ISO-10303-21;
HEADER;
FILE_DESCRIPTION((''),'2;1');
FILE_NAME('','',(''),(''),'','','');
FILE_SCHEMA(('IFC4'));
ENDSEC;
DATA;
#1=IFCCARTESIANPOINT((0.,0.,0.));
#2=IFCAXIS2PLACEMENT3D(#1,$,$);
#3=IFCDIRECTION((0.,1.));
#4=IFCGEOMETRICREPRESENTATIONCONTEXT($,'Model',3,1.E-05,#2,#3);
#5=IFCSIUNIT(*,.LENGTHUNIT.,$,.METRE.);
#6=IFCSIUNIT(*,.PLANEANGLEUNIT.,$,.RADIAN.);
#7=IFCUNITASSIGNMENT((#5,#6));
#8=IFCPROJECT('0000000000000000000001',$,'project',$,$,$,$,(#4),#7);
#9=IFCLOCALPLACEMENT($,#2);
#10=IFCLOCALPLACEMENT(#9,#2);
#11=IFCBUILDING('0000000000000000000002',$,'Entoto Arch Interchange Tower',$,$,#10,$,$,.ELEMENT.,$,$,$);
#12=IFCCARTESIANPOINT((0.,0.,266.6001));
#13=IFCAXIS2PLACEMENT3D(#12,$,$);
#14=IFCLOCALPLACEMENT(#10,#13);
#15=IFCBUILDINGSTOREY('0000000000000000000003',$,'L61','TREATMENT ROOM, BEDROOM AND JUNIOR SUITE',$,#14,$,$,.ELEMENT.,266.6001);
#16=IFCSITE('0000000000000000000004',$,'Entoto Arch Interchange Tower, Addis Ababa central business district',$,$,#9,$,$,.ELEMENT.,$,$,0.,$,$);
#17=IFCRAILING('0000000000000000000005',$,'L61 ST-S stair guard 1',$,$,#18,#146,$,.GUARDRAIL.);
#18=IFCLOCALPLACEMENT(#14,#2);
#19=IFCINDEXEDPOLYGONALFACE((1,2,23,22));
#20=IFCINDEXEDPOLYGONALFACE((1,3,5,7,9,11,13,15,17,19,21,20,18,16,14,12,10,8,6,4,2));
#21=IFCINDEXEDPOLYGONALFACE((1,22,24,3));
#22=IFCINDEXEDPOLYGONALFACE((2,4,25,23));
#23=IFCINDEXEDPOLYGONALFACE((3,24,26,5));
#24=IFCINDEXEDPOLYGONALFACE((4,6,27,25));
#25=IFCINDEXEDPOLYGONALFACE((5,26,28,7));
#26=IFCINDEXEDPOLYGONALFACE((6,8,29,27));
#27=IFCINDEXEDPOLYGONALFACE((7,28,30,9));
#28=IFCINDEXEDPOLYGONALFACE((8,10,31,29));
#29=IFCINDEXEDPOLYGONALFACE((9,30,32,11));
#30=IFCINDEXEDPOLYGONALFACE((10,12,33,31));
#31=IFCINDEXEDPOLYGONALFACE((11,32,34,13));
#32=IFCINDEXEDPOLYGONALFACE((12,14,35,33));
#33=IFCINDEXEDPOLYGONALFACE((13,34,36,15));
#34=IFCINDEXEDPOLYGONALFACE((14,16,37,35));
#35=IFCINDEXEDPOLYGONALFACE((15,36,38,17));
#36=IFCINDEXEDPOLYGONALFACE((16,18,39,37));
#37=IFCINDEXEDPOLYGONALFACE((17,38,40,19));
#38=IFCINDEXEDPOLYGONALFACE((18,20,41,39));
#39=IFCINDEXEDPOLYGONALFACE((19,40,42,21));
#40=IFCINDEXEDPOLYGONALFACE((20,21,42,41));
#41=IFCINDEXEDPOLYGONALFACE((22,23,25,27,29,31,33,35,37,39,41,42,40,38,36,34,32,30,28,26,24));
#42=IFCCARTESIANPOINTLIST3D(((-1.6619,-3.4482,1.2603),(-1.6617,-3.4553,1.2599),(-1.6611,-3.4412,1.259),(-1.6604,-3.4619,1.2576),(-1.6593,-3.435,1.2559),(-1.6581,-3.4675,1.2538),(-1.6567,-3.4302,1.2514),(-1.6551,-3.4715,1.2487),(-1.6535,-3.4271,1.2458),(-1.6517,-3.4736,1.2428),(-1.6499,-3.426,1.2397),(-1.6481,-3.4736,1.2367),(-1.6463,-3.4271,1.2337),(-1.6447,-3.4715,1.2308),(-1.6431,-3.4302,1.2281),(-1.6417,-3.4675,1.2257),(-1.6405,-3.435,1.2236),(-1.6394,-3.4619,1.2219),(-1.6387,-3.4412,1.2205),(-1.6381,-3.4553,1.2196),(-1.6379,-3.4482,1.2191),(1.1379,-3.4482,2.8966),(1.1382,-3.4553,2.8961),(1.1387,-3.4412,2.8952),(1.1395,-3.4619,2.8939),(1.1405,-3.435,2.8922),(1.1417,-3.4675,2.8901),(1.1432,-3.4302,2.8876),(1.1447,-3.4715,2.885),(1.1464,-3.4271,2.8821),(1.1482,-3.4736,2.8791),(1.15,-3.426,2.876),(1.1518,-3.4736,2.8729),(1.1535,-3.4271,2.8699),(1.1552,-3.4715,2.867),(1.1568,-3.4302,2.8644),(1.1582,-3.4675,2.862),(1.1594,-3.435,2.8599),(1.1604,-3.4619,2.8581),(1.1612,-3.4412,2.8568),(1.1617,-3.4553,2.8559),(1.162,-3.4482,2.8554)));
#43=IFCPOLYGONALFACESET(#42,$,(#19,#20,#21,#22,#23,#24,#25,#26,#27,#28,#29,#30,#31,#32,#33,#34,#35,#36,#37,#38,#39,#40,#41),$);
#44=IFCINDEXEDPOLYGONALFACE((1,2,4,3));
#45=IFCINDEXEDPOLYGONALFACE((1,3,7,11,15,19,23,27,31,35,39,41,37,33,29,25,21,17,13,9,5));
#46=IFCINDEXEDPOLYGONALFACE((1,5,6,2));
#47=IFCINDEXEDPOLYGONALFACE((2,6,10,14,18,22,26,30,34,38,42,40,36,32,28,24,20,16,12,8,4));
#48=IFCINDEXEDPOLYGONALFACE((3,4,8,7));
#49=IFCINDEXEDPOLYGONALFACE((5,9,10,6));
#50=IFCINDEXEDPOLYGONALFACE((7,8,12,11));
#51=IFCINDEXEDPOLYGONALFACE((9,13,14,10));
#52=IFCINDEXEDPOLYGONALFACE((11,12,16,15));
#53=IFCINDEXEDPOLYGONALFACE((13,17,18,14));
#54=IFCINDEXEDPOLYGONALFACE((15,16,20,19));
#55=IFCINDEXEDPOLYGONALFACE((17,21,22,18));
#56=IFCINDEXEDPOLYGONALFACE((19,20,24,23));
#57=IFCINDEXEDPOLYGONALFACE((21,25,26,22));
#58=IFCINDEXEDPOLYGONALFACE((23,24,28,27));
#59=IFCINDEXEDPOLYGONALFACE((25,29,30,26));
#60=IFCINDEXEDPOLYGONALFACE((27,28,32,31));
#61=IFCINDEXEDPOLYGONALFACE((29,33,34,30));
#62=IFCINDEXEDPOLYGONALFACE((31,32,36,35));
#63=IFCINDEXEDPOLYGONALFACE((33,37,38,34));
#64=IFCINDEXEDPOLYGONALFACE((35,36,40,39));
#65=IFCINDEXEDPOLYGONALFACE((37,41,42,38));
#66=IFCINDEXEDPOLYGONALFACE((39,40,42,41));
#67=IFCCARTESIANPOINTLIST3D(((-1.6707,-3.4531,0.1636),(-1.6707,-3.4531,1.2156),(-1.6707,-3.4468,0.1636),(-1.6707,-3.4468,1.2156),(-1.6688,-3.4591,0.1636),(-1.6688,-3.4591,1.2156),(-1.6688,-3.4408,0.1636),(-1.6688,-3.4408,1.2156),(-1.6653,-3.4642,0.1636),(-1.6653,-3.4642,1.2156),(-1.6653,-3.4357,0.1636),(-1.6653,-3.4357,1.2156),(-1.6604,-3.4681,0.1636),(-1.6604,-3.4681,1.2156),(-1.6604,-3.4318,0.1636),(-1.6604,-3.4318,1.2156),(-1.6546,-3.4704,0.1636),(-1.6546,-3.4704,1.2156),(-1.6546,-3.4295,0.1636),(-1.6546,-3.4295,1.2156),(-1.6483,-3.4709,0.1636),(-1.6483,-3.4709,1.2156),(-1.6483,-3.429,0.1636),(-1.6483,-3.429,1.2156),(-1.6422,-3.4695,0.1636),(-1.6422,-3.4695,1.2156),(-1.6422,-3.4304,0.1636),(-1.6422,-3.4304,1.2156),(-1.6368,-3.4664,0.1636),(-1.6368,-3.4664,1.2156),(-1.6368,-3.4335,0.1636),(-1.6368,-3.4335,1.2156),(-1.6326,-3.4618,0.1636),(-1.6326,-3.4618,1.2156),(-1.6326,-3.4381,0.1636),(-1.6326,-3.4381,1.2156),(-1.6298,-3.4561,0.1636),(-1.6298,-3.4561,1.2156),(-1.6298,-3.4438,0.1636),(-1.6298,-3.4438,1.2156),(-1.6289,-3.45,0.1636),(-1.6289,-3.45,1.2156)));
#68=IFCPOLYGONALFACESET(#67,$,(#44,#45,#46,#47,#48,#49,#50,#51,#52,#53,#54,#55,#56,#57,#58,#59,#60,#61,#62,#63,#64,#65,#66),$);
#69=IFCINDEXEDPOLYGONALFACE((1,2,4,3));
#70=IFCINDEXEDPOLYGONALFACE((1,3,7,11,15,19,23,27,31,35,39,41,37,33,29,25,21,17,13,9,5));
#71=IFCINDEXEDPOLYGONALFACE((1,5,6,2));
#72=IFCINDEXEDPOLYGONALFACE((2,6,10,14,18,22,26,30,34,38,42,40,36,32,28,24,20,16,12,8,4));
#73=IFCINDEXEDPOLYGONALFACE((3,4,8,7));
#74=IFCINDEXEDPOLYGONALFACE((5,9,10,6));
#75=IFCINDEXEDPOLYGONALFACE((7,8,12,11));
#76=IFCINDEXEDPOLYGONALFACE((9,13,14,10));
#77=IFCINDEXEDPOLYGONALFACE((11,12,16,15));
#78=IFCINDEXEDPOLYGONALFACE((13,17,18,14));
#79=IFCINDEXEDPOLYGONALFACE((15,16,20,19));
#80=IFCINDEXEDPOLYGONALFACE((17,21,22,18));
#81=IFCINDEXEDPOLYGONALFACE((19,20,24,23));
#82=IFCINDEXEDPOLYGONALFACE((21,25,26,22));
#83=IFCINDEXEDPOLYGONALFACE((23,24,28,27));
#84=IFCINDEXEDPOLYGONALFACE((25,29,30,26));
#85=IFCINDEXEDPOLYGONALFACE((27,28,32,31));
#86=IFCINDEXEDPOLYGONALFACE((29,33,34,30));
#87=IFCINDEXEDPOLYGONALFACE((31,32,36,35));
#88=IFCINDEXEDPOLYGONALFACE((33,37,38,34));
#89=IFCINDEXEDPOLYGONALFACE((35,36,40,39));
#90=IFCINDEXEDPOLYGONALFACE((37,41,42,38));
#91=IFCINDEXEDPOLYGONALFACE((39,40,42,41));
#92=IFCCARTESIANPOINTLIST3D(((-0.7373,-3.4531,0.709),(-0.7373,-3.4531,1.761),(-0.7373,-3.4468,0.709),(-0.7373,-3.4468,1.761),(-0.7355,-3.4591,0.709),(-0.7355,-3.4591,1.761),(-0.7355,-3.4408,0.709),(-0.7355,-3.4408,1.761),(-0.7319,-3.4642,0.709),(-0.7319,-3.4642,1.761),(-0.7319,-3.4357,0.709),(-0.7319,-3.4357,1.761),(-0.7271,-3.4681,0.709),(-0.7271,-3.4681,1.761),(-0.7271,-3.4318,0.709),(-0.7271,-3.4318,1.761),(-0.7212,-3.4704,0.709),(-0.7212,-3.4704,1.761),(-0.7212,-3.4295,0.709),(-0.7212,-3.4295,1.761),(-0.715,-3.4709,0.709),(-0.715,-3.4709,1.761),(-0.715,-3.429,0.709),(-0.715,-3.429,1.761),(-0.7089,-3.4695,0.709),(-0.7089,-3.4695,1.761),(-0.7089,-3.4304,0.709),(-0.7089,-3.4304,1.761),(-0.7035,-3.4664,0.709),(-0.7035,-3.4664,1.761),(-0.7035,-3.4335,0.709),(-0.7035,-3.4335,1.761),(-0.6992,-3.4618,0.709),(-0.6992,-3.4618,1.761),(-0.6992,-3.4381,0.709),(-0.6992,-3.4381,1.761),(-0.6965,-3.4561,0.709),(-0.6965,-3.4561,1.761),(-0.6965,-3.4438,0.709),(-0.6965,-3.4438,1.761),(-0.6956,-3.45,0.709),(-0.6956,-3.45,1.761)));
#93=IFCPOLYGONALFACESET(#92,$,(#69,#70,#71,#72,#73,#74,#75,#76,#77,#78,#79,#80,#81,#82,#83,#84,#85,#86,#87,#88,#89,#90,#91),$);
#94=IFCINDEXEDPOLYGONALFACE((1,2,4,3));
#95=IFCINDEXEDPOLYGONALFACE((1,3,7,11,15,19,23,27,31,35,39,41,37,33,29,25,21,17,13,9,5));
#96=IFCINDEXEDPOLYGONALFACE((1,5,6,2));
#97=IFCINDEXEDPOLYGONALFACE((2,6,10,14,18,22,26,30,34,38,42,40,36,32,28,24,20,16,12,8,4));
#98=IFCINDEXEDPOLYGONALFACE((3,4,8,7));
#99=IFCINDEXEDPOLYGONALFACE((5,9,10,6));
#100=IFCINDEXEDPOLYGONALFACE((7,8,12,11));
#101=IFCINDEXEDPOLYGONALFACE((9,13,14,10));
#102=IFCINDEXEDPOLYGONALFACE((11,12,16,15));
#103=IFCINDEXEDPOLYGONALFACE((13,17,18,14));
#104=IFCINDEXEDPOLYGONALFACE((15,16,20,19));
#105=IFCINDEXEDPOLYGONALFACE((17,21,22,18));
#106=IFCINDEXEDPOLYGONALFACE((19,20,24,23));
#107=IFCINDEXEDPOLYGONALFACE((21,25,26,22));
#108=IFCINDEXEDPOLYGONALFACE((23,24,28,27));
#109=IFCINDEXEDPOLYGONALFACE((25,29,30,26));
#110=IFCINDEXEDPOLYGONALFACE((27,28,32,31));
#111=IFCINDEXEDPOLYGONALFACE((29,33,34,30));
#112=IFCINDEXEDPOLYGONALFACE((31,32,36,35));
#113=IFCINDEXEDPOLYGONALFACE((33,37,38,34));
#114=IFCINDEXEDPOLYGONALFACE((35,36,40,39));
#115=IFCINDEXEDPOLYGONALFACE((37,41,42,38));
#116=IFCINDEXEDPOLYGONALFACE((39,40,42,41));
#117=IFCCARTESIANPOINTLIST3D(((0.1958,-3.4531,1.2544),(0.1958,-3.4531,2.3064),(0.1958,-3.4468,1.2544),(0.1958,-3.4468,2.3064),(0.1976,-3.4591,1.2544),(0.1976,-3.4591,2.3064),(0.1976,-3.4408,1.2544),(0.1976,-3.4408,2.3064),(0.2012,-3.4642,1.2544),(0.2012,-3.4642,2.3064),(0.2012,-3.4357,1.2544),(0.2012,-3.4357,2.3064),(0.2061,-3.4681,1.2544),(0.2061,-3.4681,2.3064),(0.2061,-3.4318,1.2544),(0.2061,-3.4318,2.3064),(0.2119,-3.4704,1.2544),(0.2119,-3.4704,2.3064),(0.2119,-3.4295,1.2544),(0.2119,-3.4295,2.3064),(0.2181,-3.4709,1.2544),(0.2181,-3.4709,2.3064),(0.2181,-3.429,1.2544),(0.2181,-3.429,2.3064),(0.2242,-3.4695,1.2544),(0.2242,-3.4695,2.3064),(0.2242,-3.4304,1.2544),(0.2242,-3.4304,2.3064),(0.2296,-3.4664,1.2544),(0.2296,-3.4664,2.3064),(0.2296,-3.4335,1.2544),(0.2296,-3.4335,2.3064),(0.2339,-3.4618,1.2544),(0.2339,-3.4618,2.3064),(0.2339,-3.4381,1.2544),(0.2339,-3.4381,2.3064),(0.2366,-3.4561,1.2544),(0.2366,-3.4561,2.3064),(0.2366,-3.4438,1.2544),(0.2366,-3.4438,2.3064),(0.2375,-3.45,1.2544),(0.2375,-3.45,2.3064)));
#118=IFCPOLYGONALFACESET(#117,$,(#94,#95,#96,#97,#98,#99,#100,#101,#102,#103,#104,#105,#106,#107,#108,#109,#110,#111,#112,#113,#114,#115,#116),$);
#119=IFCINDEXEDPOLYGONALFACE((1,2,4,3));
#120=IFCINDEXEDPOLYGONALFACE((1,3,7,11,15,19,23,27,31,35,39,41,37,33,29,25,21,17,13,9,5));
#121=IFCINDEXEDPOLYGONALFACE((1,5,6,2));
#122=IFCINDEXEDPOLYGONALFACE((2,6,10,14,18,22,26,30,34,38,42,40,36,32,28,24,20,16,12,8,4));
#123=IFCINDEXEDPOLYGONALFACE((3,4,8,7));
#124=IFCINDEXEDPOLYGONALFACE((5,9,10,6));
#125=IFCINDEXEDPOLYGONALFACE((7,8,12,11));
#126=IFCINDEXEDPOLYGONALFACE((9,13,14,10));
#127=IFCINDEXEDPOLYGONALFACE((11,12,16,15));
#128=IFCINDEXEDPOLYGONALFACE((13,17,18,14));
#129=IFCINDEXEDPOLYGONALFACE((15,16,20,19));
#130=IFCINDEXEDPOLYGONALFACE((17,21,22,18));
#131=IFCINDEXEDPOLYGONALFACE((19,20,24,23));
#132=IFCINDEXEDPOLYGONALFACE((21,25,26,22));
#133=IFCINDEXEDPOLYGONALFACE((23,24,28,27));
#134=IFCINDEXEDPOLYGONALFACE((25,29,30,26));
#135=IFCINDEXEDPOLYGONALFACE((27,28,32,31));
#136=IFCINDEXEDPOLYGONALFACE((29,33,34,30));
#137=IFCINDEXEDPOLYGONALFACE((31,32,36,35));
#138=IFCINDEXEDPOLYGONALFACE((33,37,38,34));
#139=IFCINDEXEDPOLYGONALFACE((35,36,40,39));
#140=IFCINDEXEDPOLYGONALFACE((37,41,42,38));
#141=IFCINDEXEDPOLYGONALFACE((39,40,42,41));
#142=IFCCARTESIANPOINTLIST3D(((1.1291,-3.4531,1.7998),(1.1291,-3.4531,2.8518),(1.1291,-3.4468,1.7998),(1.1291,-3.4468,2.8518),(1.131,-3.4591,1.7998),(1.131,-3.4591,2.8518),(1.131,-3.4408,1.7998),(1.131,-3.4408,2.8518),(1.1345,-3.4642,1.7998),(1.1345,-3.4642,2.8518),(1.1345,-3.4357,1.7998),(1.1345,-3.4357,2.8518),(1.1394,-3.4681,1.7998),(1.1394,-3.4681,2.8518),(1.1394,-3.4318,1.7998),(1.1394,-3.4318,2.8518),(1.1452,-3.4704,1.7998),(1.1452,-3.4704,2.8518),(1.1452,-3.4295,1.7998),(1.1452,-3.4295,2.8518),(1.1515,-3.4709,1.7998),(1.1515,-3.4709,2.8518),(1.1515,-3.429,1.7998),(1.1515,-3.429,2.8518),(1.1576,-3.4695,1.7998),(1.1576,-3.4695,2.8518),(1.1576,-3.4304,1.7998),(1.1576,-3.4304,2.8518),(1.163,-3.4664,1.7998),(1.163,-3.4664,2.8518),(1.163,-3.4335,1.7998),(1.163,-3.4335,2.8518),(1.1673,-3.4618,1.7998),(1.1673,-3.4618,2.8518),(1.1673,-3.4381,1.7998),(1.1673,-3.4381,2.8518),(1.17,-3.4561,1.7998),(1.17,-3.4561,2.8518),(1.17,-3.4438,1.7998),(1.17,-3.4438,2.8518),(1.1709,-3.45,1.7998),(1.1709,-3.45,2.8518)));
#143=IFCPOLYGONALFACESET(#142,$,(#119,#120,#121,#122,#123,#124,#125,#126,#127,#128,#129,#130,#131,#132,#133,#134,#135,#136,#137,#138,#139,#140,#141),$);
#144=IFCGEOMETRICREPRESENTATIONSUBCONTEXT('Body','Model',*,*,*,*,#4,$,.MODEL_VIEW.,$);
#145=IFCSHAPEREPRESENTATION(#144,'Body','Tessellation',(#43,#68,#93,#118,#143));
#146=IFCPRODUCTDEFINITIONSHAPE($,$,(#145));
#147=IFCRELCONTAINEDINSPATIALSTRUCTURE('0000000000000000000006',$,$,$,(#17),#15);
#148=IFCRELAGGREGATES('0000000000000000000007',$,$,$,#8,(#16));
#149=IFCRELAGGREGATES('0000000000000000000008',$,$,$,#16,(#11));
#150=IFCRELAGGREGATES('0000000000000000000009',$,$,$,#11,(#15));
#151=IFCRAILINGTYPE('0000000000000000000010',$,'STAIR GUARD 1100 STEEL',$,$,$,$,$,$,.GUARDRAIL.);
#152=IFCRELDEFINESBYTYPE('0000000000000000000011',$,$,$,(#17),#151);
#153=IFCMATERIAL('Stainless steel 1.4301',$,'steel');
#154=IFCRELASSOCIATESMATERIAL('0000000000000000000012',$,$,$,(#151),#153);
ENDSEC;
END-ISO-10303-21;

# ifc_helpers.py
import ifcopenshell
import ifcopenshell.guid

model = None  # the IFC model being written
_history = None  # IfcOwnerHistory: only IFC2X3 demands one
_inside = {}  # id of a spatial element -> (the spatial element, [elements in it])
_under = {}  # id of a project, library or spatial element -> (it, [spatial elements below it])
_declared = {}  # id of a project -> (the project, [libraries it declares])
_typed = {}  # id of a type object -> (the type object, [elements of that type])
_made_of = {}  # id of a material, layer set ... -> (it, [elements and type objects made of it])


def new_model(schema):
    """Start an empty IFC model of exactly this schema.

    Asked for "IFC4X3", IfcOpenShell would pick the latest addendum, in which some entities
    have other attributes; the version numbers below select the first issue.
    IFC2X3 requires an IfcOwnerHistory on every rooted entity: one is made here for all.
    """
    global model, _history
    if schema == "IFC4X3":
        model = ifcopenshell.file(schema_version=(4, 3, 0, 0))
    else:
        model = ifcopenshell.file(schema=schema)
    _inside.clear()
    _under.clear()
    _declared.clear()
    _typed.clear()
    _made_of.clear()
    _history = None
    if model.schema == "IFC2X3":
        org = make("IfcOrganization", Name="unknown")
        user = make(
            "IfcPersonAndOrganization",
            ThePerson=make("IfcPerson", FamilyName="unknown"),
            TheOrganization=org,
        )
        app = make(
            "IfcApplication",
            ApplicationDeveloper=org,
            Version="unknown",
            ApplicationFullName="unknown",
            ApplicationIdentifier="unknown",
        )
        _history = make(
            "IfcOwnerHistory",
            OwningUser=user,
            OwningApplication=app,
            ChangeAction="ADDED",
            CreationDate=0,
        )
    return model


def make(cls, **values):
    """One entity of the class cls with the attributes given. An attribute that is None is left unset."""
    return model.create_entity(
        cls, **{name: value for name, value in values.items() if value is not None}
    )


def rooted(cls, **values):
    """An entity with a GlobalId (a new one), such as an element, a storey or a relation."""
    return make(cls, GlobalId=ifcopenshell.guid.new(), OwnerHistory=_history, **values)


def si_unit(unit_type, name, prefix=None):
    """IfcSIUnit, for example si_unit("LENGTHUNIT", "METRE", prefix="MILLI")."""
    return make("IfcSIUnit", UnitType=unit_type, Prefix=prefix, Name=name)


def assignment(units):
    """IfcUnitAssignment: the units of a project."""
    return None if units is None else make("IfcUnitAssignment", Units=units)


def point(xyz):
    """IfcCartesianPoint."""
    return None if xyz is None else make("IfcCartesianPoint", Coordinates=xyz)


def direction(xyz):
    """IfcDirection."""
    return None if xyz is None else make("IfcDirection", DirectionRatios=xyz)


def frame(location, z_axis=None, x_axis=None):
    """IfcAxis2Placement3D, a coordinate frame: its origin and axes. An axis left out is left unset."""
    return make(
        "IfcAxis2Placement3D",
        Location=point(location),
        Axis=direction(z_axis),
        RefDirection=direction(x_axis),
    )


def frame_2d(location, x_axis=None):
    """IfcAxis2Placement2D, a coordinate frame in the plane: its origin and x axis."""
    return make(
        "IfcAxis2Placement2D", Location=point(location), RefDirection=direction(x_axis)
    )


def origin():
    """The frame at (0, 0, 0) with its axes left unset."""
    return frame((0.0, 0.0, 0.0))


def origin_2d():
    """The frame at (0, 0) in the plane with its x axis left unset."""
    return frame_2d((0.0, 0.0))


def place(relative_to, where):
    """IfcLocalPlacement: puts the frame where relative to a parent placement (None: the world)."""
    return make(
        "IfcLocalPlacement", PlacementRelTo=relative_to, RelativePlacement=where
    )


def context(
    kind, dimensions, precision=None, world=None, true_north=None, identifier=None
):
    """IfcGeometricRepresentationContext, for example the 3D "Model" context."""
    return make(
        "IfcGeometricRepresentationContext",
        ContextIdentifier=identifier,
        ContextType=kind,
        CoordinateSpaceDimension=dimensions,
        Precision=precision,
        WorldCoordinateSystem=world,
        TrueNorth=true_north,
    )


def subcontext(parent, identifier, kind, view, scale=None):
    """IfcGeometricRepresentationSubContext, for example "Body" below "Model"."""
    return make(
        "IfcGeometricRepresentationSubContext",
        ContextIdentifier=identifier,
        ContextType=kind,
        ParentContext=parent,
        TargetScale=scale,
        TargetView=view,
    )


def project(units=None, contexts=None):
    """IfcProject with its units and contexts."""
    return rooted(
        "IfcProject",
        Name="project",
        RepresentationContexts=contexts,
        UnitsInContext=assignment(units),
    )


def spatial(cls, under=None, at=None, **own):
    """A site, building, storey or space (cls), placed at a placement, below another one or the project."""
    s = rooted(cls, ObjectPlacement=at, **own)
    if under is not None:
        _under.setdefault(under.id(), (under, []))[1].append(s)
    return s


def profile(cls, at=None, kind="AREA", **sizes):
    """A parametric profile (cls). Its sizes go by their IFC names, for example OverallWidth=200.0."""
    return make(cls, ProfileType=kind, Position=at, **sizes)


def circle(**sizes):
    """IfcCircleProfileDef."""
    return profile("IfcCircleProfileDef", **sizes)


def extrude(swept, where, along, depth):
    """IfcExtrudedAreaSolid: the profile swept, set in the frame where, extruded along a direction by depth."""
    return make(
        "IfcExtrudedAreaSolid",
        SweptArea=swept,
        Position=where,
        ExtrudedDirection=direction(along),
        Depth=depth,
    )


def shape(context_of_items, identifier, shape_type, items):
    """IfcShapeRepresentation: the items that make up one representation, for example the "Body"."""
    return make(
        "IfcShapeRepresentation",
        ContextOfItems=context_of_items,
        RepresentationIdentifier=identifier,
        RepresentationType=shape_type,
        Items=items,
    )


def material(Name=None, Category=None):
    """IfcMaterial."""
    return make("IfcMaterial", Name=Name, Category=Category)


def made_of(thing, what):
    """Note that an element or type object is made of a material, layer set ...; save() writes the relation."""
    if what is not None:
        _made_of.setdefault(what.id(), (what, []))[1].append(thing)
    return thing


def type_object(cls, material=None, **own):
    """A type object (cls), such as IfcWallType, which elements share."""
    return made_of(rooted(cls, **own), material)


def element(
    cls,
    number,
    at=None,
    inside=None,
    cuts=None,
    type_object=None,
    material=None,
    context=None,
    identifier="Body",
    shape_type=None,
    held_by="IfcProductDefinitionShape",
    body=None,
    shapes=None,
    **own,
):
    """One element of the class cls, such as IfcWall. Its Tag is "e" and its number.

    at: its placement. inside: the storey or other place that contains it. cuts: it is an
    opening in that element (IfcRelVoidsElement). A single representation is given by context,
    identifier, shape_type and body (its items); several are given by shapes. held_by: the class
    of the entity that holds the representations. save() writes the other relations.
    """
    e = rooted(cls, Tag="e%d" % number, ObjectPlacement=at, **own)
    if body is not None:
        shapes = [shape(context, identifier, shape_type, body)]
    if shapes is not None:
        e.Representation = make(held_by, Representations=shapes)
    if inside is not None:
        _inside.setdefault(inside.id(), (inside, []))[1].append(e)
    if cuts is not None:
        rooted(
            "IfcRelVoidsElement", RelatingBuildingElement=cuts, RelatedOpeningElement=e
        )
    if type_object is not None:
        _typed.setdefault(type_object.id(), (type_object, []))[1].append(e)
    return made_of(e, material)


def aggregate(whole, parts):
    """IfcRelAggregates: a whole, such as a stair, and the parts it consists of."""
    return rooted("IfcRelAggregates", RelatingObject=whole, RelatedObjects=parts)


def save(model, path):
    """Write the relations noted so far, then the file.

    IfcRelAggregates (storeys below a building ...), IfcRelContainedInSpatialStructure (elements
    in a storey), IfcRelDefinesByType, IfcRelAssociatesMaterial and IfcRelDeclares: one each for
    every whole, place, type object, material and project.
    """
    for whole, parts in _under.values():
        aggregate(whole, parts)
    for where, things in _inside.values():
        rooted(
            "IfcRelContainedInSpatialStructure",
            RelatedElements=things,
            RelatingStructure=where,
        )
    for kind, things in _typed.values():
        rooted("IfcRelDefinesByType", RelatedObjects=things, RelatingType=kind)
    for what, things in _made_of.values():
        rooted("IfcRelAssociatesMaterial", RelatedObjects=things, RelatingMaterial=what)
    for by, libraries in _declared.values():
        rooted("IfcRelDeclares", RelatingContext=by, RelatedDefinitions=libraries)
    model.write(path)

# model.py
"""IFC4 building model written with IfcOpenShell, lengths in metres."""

from ifc_helpers import new_model, si_unit, direction, frame, origin, origin_2d, place, context, subcontext, project, spatial, circle, extrude, material, type_object, element, save


model = new_model("IFC4")

# Units and contexts
model_context = context("Model", 3, precision=1e-05, world=origin(), true_north=direction((0.0, 1.0)))
body_context = subcontext(model_context, "Body", "Model", "MODEL_VIEW")
ifc_project = project(units=[si_unit("LENGTHUNIT", "METRE"), si_unit("PLANEANGLEUNIT", "RADIAN")], contexts=[model_context])

# Site, building, storey
site_placement = place(None, origin())
site = spatial("IfcSite", under=ifc_project, at=site_placement, Name="Entoto Arch Interchange Tower, Addis Ababa central business district", CompositionType="ELEMENT", RefElevation=0.0)
building_placement = place(site_placement, origin())
building = spatial("IfcBuilding", under=site, at=building_placement, Name="Entoto Arch Interchange Tower", CompositionType="ELEMENT")
storey_placement = place(building_placement, frame((0.0, 0.0, 266.6001)))
storey = spatial("IfcBuildingStorey", under=building, at=storey_placement, Name="L61", Description="TREATMENT ROOM, BEDROOM AND JUNIOR SUITE", CompositionType="ELEMENT", Elevation=266.6001)

# Railing
ifc_material_1 = material(Name="Stainless steel 1.4301", Category="steel")
railing_type = type_object("IfcRailingType", Name="STAIR GUARD 1100 STEEL", PredefinedType="GUARDRAIL", material=ifc_material_1)
railing_1_placement = place(storey_placement, frame((-1.6499, -3.45, 0.1636)))
element("IfcRailing", 1, at=railing_1_placement, inside=storey, type_object=railing_type, Name="L61 ST-S stair guard 1", PredefinedType="GUARDRAIL", context=body_context, shape_type="SweptSolid", body=[
    extrude(circle(Radius=0.0239, at=origin_2d()), frame((0.0, 0.0, 1.0762), z_axis=(0.863374, 0.0, 0.504564), x_axis=(0.0, 1.0, 0.0)), (0.0, 0.0, 1.0), 3.2429),
    extrude(circle(Radius=0.021, at=origin_2d()), origin(), (0.0, 0.0, 1.0), 1.052),
    extrude(circle(Radius=0.021, at=origin_2d()), frame((0.9333, 0.0, 0.5454)), (0.0, 0.0, 1.0), 1.052),
    extrude(circle(Radius=0.021, at=origin_2d()), frame((1.8665, 0.0, 1.0908)), (0.0, 0.0, 1.0), 1.052),
    extrude(circle(Radius=0.021, at=origin_2d()), frame((2.7998, 0.0, 1.6362)), (0.0, 0.0, 1.0), 1.052),
])

save(model, "model.ifc")
